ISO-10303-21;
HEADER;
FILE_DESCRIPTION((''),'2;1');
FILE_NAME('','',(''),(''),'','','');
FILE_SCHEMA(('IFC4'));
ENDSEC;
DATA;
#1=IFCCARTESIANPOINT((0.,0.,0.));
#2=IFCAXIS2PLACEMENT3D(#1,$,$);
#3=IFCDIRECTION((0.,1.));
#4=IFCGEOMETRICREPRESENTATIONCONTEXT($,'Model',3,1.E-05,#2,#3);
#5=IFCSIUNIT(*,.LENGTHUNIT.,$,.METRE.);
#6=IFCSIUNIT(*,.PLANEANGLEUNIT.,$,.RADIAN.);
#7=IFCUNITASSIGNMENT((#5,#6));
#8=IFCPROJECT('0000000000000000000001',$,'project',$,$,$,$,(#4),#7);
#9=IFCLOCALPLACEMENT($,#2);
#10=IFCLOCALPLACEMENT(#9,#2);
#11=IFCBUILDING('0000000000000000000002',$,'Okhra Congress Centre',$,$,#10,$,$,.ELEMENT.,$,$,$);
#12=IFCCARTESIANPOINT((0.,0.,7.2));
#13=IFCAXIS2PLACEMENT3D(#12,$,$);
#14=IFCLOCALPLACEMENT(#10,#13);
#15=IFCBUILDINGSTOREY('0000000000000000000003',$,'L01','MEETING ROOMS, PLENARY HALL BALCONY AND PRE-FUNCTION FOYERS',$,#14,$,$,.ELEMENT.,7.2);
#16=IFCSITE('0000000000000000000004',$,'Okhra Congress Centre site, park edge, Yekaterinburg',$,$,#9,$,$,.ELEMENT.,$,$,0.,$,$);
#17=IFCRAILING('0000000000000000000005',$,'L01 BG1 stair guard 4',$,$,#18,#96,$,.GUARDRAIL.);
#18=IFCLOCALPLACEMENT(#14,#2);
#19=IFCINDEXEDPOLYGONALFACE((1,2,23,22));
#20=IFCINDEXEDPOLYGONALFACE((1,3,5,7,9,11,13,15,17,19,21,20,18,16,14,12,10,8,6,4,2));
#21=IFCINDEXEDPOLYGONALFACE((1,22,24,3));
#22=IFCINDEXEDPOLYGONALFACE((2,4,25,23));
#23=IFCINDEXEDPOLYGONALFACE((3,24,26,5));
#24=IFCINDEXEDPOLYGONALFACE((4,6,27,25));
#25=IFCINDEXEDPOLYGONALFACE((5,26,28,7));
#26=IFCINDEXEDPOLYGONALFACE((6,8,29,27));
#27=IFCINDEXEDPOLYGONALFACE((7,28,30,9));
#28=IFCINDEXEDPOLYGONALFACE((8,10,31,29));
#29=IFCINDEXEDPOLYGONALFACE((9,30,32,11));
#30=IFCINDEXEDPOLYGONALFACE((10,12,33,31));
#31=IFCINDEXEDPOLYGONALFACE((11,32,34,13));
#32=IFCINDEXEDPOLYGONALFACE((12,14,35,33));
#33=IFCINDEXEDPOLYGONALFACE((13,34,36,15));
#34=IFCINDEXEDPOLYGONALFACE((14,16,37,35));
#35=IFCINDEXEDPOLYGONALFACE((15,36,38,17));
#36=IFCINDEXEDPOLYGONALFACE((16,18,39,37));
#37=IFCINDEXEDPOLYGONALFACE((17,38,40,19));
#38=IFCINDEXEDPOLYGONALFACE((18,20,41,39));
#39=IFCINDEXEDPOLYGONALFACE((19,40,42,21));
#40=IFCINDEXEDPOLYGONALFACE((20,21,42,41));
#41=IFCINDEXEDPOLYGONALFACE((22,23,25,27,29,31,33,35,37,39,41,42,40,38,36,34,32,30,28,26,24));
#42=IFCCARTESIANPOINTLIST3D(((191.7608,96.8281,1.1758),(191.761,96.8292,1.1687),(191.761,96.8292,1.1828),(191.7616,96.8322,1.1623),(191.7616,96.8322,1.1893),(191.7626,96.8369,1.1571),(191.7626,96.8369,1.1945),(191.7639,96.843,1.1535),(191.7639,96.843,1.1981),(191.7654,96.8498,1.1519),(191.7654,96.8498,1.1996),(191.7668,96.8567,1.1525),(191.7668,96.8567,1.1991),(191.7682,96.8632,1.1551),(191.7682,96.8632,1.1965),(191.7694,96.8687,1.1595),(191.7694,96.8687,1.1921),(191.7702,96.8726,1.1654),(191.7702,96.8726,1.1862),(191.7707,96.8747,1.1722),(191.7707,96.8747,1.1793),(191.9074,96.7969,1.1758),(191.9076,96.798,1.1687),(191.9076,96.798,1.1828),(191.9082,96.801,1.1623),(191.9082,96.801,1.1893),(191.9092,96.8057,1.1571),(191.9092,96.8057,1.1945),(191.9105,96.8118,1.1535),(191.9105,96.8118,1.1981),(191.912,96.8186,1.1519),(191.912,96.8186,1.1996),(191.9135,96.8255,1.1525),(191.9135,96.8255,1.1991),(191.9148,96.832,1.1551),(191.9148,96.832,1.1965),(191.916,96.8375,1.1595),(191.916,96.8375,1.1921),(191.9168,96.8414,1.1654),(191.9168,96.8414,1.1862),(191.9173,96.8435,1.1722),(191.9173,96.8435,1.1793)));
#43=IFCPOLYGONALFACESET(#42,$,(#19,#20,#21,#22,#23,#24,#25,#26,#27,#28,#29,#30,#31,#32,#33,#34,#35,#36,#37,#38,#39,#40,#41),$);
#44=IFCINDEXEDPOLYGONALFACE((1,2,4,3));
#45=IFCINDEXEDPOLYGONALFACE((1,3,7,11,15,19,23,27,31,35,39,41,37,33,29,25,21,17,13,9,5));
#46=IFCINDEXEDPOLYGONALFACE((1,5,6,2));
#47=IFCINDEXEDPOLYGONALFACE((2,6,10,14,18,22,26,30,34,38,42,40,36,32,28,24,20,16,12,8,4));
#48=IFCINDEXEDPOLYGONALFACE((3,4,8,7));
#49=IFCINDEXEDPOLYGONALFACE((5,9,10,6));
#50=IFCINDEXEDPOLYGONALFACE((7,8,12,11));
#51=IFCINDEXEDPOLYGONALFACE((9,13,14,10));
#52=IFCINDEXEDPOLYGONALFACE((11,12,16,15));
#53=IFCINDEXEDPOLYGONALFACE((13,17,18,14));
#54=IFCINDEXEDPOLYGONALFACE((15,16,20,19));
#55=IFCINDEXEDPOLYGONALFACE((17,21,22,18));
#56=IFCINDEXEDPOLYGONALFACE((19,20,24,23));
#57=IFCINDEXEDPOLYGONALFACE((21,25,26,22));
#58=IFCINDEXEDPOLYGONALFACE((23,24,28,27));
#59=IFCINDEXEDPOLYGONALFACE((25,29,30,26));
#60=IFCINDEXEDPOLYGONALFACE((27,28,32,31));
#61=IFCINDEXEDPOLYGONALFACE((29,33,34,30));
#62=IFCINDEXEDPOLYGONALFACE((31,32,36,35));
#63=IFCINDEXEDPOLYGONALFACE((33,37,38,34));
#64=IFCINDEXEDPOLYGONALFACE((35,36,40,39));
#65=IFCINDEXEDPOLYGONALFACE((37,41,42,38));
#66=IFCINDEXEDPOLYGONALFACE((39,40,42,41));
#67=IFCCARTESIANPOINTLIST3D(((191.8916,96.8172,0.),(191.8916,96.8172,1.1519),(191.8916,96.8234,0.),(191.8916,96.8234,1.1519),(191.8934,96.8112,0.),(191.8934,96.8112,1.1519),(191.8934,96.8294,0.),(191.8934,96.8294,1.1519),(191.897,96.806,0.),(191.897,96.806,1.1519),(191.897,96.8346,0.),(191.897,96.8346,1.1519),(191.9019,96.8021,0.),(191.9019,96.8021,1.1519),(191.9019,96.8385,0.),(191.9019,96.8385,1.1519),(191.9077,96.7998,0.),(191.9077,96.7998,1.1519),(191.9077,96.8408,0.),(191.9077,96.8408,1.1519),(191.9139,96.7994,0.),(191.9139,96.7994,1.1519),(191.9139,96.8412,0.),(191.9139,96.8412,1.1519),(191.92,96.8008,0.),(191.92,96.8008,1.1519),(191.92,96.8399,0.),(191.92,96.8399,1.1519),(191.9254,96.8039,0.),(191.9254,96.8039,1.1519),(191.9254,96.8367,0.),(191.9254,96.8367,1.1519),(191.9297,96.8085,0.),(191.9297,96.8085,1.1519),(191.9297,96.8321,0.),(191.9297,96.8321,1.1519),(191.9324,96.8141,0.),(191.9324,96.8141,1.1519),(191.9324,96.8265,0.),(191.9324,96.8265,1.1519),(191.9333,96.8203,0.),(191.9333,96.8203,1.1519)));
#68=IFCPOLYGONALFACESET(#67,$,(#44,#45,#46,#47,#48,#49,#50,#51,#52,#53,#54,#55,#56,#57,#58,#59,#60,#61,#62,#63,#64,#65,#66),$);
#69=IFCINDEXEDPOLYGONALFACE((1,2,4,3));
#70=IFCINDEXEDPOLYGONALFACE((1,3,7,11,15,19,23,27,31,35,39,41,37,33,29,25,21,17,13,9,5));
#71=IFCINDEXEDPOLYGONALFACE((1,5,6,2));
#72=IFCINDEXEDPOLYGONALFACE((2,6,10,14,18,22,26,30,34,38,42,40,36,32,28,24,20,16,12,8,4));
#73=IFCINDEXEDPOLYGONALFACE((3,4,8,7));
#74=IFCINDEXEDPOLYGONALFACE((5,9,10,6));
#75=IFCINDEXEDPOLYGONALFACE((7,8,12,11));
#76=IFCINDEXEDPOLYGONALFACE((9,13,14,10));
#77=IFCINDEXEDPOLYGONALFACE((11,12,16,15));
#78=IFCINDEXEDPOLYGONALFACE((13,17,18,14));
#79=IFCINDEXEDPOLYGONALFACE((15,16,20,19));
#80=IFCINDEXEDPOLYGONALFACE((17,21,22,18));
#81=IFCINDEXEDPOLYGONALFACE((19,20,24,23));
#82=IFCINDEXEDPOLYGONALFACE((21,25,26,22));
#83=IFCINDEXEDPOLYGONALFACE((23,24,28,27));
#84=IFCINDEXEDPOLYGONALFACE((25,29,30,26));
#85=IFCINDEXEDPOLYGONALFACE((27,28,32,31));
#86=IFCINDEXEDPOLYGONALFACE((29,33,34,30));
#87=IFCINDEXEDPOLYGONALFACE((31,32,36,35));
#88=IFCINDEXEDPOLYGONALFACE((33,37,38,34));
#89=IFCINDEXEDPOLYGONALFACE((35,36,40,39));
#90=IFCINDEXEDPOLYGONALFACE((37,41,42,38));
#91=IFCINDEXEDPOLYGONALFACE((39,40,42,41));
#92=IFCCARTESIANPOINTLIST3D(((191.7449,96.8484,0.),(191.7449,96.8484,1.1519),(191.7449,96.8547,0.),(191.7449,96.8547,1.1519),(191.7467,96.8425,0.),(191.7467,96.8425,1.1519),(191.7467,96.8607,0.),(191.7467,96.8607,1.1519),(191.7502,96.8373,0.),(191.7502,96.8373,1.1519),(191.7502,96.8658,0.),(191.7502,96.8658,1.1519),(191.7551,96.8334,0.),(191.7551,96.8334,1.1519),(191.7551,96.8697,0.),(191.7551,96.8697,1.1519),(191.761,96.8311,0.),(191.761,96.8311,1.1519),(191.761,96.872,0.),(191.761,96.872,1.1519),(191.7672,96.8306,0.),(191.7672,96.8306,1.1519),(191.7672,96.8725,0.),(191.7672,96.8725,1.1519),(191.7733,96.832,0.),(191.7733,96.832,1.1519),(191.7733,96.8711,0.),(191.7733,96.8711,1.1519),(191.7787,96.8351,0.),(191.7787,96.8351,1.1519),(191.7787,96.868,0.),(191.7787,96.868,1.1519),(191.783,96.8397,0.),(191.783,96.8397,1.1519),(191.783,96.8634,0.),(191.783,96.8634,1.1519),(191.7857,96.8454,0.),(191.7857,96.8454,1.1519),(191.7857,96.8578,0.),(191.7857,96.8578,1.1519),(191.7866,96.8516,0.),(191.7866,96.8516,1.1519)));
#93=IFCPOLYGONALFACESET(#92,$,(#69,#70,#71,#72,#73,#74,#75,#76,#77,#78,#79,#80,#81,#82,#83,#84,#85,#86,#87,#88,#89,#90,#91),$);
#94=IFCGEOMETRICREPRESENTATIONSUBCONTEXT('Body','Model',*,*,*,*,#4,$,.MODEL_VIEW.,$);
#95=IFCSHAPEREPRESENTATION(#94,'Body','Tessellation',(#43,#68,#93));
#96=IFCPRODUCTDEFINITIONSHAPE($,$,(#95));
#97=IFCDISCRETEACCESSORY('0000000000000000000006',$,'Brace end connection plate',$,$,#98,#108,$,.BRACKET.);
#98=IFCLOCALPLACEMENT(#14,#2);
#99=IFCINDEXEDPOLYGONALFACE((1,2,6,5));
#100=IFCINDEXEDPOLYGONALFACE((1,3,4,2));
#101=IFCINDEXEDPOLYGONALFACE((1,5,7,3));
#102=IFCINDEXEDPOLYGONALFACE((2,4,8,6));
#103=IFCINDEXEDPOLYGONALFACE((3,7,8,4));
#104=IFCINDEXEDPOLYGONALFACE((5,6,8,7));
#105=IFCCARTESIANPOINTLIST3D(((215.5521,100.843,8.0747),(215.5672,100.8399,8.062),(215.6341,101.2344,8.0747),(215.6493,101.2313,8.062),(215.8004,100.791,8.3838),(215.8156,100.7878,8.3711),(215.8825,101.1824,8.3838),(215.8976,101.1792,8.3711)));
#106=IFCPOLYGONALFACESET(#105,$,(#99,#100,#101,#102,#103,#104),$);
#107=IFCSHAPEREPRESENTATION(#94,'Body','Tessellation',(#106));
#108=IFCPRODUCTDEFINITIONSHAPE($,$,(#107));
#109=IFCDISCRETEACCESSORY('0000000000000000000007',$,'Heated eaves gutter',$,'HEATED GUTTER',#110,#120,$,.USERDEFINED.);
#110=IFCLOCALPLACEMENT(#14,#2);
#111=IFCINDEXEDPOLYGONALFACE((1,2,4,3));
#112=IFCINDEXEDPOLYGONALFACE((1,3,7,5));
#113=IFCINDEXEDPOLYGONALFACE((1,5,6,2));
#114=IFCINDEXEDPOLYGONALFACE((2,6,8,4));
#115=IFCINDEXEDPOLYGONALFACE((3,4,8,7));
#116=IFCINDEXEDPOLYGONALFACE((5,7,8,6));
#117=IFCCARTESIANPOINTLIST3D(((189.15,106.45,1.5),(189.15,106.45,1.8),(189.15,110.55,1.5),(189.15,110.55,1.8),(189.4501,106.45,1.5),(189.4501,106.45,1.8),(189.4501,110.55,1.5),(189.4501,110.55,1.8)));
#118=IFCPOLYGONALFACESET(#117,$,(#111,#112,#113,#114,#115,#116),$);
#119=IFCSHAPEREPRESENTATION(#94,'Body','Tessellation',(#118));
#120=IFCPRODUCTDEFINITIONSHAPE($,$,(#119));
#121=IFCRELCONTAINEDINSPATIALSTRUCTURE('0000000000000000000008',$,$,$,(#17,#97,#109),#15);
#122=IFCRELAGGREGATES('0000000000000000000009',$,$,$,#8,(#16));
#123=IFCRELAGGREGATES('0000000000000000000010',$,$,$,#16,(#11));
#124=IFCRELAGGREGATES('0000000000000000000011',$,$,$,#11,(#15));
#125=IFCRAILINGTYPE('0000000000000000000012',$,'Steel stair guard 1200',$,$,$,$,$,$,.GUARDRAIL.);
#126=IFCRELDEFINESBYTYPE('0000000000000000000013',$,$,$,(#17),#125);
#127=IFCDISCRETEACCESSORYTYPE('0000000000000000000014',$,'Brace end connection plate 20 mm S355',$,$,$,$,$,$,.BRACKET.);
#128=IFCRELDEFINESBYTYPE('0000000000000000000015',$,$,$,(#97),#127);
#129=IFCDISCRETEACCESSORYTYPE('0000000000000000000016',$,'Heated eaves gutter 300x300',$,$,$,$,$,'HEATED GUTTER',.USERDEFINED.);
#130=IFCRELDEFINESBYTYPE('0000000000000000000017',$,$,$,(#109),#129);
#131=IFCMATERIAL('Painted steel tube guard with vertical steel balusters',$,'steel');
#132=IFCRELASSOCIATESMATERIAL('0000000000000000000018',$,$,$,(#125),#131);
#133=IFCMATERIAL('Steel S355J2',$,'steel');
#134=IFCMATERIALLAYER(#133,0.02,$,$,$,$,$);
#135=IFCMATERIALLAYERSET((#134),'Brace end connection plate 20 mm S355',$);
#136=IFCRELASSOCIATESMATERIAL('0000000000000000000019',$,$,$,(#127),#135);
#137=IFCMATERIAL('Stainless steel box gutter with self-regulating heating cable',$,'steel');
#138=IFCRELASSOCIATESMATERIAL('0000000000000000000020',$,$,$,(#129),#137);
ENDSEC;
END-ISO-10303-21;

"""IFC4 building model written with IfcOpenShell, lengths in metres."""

from ifc_helpers import new_model, si_unit, direction, frame, origin, origin_2d, place, context, subcontext, project, spatial, rectangle, circle, extrude, material, layer, layer_set, type_object, element, save


model = new_model("IFC4")

# Units and contexts
model_context = context("Model", 3, precision=1e-05, world=origin(), true_north=direction((0.0, 1.0)))
body_context = subcontext(model_context, "Body", "Model", "MODEL_VIEW")
ifc_project = project(units=[si_unit("LENGTHUNIT", "METRE"), si_unit("PLANEANGLEUNIT", "RADIAN")], contexts=[model_context])

# Site, building, storey
site_placement = place(None, origin())
site = spatial("IfcSite", under=ifc_project, at=site_placement, Name="Okhra Congress Centre site, park edge, Yekaterinburg", CompositionType="ELEMENT", RefElevation=0.0)
building_placement = place(site_placement, origin())
building = spatial("IfcBuilding", under=site, at=building_placement, Name="Okhra Congress Centre", CompositionType="ELEMENT")
storey_placement = place(building_placement, frame((0.0, 0.0, 7.2)))
storey = spatial("IfcBuildingStorey", under=building, at=storey_placement, Name="L01", Description="MEETING ROOMS, PLENARY HALL BALCONY AND PRE-FUNCTION FOYERS", CompositionType="ELEMENT", Elevation=7.2)

# Shared definitions
ifc_material_1 = material(Name="Steel S355J2", Category="steel")

# Railing
ifc_material_2 = material(Name="Painted steel tube guard with vertical steel balusters", Category="steel")
railing_type_1 = type_object("IfcRailingType", Name="Steel stair guard 1200", PredefinedType="GUARDRAIL", material=ifc_material_2)
railing_1_placement = place(storey_placement, frame((191.9124, 96.8203, 0.0)))
element("IfcRailing", 1, at=railing_1_placement, inside=storey, type_object=railing_type_1, Name="L01 BG1 stair guard 4", PredefinedType="GUARDRAIL", context=body_context, shape_type="SweptSolid", body=[
    extrude(circle(Radius=0.0239, at=origin_2d()), frame((0.0, 0.0, 1.1758), z_axis=(-0.978064, 0.208306, 0.0), x_axis=(-0.208306, -0.978064, 0.0)), (0.0, 0.0, 1.0), 0.1499),
    extrude(circle(Radius=0.021, at=origin_2d()), origin(), (0.0, 0.0, 1.0), 1.1519),
    extrude(circle(Radius=0.021, at=origin_2d()), frame((-0.1467, 0.0312, 0.0)), (0.0, 0.0, 1.0), 1.1519),
])

# Discrete accessories
ifc_layer_1 = layer(ifc_material_1, 0.02)
ifc_layer_set_1 = layer_set([ifc_layer_1], Name="Brace end connection plate 20 mm S355")
discrete_accessory_type_1 = type_object("IfcDiscreteAccessoryType", Name="Brace end connection plate 20 mm S355", PredefinedType="BRACKET", material=ifc_layer_set_1)
discrete_accessory_1_placement = place(storey_placement, frame((215.7324, 101.0095, 8.2166), z_axis=(-0.756491, 0.158619, 0.634477), x_axis=(-0.205215, -0.978717, 0.0)))
element("IfcDiscreteAccessory", 2, at=discrete_accessory_1_placement, inside=storey, type_object=discrete_accessory_type_1, Name="Brace end connection plate", PredefinedType="BRACKET", context=body_context, shape_type="SweptSolid", body=[
    extrude(rectangle(XDim=0.3999, YDim=0.3999, at=origin_2d()), origin(), (0.0, 0.0, 1.0), 0.02),
])
ifc_material_3 = material(Name="Stainless steel box gutter with self-regulating heating cable", Category="steel")
discrete_accessory_type_2 = type_object("IfcDiscreteAccessoryType", Name="Heated eaves gutter 300x300", ElementType="HEATED GUTTER", PredefinedType="USERDEFINED", material=ifc_material_3)
discrete_accessory_2_placement = place(storey_placement, frame((189.3, 108.5, 1.5), z_axis=(0.0, 0.0, 1.0), x_axis=(1.0, 0.0, 0.0)))
element("IfcDiscreteAccessory", 3, at=discrete_accessory_2_placement, inside=storey, type_object=discrete_accessory_type_2, Name="Heated eaves gutter", ObjectType="HEATED GUTTER", PredefinedType="USERDEFINED", context=body_context, shape_type="SweptSolid", body=[
    extrude(rectangle(XDim=0.3, YDim=4.1001, at=origin_2d()), origin(), (0.0, 0.0, 1.0), 0.3),
])

save(model, "model.ifc")
